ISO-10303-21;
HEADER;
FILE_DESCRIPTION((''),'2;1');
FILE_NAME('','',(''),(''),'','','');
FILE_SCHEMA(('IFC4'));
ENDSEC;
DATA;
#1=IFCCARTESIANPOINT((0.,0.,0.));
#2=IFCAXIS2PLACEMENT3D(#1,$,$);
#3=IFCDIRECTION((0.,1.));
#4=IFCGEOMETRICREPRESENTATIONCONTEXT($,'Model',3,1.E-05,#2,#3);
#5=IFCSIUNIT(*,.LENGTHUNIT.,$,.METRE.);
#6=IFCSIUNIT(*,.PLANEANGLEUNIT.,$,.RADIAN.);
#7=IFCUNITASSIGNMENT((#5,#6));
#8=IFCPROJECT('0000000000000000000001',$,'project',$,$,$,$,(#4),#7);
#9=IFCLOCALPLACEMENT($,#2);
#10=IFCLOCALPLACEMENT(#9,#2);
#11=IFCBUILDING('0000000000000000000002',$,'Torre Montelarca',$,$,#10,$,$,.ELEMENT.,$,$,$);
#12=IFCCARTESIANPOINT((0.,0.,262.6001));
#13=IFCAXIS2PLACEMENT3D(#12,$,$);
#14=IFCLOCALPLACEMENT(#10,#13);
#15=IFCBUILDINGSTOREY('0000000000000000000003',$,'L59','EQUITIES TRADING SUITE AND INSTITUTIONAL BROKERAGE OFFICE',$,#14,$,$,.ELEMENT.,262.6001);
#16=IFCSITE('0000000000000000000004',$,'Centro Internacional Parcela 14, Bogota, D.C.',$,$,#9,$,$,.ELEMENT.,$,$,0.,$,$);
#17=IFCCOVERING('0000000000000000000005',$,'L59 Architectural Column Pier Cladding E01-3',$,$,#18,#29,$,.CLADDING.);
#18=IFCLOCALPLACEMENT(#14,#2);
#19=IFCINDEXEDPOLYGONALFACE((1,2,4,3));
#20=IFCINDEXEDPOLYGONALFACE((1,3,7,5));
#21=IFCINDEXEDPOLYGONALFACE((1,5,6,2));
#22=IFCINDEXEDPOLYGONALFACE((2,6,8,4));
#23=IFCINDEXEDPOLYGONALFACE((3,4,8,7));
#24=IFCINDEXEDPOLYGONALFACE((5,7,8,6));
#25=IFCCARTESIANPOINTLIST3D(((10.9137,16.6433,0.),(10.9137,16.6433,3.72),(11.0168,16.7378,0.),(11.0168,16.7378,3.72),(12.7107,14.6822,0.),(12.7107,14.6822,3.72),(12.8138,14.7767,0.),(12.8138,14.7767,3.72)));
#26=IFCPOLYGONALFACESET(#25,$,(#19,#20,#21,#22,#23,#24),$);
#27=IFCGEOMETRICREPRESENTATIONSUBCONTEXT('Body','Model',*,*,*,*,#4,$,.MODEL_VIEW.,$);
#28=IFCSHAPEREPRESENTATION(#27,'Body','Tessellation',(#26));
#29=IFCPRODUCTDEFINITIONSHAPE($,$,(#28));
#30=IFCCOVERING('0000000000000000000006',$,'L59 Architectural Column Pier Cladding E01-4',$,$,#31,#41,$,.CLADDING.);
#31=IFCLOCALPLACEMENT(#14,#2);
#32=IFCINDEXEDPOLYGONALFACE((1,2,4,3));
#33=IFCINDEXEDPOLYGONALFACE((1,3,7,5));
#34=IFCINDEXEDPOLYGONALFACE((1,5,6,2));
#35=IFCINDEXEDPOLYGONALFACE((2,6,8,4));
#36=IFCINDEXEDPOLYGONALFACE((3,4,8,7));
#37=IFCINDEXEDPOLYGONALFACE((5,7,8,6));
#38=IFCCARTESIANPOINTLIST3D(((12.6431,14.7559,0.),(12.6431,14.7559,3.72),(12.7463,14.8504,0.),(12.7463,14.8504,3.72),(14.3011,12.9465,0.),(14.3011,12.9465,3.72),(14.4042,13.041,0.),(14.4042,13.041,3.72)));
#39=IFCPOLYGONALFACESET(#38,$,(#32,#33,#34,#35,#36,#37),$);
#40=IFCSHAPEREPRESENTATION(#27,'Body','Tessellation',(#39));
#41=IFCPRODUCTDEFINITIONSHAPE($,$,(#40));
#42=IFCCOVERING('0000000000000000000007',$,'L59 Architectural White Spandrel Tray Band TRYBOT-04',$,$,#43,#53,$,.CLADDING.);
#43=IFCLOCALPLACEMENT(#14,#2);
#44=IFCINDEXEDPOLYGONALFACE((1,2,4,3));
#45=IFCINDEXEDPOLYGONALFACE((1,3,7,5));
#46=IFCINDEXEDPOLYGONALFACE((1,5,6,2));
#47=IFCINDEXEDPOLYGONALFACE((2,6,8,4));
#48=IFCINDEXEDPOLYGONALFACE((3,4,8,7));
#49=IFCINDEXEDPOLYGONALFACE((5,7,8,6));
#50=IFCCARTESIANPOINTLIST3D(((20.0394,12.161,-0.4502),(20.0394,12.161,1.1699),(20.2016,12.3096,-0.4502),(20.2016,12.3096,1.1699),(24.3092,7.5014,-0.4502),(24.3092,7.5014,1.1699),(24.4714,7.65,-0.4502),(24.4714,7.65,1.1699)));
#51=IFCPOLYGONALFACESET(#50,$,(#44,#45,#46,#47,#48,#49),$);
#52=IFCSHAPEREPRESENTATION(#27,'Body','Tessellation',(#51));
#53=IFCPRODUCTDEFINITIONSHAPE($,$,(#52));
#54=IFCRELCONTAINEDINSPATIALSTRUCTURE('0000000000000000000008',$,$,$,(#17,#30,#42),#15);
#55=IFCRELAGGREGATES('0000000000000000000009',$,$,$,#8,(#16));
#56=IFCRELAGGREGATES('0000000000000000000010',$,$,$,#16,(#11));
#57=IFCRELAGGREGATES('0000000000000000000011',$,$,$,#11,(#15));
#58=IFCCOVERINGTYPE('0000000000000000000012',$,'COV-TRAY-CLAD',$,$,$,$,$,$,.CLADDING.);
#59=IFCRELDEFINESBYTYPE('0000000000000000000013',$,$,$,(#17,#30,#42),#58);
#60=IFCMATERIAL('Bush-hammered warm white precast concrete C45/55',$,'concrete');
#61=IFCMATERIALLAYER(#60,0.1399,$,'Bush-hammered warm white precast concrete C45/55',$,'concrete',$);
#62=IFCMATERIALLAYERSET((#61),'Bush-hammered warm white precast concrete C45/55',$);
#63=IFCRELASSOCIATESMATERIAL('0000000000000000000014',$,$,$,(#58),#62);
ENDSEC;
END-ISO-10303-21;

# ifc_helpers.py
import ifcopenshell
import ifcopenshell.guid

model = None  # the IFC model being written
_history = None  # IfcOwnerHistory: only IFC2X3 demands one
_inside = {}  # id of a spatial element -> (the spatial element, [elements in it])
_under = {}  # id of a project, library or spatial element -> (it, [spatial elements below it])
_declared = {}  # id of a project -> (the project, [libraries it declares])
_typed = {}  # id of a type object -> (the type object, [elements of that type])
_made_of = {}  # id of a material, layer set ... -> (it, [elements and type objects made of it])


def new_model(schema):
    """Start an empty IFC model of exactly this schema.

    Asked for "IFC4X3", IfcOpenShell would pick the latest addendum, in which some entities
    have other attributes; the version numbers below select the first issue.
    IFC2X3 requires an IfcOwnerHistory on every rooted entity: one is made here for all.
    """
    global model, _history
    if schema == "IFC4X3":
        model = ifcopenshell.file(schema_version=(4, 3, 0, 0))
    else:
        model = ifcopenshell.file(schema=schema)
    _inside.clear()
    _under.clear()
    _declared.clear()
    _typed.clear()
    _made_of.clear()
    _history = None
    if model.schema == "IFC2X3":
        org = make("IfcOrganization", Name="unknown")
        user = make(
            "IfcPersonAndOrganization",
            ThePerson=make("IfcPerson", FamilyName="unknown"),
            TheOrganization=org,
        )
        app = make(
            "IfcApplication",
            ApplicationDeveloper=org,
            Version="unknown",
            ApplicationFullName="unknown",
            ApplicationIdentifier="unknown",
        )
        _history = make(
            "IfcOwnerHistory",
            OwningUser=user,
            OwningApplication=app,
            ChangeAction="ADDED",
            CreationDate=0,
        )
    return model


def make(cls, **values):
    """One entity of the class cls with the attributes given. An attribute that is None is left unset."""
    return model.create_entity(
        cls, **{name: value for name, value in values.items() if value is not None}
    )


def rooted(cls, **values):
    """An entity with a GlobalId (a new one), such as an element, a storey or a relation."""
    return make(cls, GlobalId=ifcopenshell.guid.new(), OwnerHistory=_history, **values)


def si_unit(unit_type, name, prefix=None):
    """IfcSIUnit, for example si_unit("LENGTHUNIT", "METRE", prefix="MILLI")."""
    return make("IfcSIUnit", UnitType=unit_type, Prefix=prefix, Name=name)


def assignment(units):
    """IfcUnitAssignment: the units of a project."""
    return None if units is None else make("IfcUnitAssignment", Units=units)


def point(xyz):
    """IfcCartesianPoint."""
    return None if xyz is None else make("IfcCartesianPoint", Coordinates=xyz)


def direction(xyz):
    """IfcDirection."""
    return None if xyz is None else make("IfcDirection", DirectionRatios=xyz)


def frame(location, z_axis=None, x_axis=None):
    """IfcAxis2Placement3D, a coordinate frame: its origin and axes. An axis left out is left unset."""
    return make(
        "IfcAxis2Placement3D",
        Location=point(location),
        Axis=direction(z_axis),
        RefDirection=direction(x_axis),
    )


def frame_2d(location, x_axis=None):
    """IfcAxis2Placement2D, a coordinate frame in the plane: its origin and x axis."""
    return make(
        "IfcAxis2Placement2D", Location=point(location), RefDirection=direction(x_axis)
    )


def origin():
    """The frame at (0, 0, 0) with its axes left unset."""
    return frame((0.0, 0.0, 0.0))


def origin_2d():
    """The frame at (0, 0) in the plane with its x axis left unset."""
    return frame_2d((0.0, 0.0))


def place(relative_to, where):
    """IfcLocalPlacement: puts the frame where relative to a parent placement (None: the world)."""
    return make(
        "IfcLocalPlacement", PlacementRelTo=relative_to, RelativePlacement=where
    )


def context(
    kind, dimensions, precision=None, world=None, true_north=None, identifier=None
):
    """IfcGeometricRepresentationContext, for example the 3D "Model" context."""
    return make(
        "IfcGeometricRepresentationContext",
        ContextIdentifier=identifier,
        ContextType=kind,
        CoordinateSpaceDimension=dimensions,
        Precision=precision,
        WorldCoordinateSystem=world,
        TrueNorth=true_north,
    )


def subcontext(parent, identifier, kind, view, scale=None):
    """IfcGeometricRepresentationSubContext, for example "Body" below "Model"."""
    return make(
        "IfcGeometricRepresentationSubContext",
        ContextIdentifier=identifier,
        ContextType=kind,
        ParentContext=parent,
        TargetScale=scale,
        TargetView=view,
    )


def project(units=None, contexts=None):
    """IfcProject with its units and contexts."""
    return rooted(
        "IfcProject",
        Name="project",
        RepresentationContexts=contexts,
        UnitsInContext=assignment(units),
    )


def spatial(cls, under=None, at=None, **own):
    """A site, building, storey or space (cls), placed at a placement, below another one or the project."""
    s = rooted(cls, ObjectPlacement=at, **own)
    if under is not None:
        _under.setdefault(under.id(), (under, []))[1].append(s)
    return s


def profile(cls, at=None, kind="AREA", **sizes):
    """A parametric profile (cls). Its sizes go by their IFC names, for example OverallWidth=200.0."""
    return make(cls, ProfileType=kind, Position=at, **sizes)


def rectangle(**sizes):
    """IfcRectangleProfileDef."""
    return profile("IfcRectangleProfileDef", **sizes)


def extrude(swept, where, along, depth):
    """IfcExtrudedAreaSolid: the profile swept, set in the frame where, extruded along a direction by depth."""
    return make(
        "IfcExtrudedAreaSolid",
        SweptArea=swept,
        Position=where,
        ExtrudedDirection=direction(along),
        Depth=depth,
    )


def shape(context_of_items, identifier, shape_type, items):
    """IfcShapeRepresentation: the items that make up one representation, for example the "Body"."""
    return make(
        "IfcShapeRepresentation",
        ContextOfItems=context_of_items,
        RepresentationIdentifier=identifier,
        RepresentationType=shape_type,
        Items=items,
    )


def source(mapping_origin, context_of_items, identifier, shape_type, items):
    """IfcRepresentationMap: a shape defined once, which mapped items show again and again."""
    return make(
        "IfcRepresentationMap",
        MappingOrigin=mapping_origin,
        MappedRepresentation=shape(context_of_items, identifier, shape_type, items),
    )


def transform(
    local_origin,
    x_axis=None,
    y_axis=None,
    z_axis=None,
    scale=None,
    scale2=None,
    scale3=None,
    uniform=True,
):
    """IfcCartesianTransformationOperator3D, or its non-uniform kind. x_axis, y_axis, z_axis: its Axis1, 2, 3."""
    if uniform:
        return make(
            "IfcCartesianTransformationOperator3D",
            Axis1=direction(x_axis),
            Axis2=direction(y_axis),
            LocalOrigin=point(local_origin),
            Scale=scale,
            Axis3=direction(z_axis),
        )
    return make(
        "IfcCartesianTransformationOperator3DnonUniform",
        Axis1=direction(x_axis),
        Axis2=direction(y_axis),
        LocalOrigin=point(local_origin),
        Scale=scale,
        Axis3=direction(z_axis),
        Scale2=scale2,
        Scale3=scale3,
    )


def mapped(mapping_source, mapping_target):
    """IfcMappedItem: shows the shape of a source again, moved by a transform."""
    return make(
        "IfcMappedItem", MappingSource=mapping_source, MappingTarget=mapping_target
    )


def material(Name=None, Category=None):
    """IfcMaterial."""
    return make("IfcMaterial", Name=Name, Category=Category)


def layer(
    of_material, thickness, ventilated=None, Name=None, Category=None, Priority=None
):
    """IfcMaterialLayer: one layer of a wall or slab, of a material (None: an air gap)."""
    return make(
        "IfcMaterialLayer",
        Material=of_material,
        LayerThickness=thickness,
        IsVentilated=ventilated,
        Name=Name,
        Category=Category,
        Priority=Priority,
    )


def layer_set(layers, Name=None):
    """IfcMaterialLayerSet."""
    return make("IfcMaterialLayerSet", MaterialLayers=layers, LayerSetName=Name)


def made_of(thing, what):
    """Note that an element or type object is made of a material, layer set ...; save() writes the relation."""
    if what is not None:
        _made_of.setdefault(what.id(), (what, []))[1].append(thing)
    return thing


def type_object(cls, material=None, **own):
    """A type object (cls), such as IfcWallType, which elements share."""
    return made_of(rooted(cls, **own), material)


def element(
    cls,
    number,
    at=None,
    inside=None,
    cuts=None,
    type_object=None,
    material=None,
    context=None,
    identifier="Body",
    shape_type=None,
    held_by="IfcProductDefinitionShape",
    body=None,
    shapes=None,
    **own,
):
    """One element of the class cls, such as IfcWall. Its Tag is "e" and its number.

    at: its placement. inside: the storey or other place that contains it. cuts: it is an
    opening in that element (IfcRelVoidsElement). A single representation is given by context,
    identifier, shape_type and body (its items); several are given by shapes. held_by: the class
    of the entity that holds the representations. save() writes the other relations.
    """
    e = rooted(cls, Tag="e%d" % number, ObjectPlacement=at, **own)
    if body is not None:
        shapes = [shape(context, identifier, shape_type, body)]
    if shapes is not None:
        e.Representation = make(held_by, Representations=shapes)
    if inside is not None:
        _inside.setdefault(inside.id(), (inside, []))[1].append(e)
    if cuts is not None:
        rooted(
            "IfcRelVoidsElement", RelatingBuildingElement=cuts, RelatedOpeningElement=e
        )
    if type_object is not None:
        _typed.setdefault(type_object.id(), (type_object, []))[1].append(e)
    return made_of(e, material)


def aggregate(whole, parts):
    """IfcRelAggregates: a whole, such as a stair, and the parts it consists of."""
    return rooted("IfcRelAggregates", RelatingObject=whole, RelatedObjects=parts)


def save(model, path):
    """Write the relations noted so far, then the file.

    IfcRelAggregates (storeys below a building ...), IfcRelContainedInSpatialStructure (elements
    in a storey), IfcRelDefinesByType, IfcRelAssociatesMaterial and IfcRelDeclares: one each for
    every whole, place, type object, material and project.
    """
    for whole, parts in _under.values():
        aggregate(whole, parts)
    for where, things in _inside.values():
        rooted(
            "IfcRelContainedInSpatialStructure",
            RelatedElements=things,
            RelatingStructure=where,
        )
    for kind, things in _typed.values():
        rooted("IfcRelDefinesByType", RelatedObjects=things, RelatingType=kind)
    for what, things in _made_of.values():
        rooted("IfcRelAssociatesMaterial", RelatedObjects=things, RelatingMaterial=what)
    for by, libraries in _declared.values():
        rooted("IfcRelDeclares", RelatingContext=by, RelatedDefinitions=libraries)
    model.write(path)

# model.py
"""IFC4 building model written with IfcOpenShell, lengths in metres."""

from ifc_helpers import new_model, si_unit, direction, frame, origin, origin_2d, place, context, subcontext, project, spatial, rectangle, extrude, source, transform, mapped, material, layer, layer_set, type_object, element, save


model = new_model("IFC4")

# Units and contexts
model_context = context("Model", 3, precision=1e-05, world=origin(), true_north=direction((0.0, 1.0)))
body_context = subcontext(model_context, "Body", "Model", "MODEL_VIEW")
ifc_project = project(units=[si_unit("LENGTHUNIT", "METRE"), si_unit("PLANEANGLEUNIT", "RADIAN")], contexts=[model_context])

# Site, building, storey
site_placement = place(None, origin())
site = spatial("IfcSite", under=ifc_project, at=site_placement, Name="Centro Internacional Parcela 14, Bogota, D.C.", CompositionType="ELEMENT", RefElevation=0.0)
building_placement = place(site_placement, origin())
building = spatial("IfcBuilding", under=site, at=building_placement, Name="Torre Montelarca", CompositionType="ELEMENT")
storey_placement = place(building_placement, frame((0.0, 0.0, 262.6001)))
storey = spatial("IfcBuildingStorey", under=building, at=storey_placement, Name="L59", Description="EQUITIES TRADING SUITE AND INSTITUTIONAL BROKERAGE OFFICE", CompositionType="ELEMENT", Elevation=262.6001)

# Coverings
ifc_material_1 = material(Name="Bush-hammered warm white precast concrete C45/55", Category="concrete")
ifc_layer_1 = layer(ifc_material_1, 0.1399, Name="Bush-hammered warm white precast concrete C45/55", Category="concrete")
ifc_layer_set_1 = layer_set([ifc_layer_1], Name="Bush-hammered warm white precast concrete C45/55")
covering_type = type_object("IfcCoveringType", Name="COV-TRAY-CLAD", PredefinedType="CLADDING", material=ifc_layer_set_1)
shared_shape_1 = source(origin(), body_context, "Body", "SweptSolid", [
    extrude(rectangle(XDim=2.6599, YDim=0.1399, at=origin_2d()), origin(), (0.0, 0.0, 1.0), 3.72),
])
covering_1_placement = place(storey_placement, frame((11.8638, 15.71, 0.0), z_axis=(0.0, 0.0, 1.0), x_axis=(0.67559, -0.737277, 0.0)))
element("IfcCovering", 1, at=covering_1_placement, inside=storey, type_object=covering_type, Name="L59 Architectural Column Pier Cladding E01-3", PredefinedType="CLADDING", context=body_context, shape_type="MappedRepresentation", body=[
    mapped(shared_shape_1, transform((0.0, 0.0, 0.0), scale=1.0)),
])
shared_shape_2 = source(origin(), body_context, "Body", "SweptSolid", [
    extrude(rectangle(XDim=2.4541, YDim=0.1399, at=origin_2d()), origin(), (0.0, 0.0, 1.0), 3.72),
])
covering_2_placement = place(storey_placement, frame((13.5237, 13.8984, 0.0), z_axis=(0.0, 0.0, 1.0), x_axis=(0.67559, -0.737277, 0.0)))
element("IfcCovering", 2, at=covering_2_placement, inside=storey, type_object=covering_type, Name="L59 Architectural Column Pier Cladding E01-4", PredefinedType="CLADDING", context=body_context, shape_type="MappedRepresentation", body=[
    mapped(shared_shape_2, transform((0.0, 0.0, 0.0), scale=1.0)),
])
shared_shape_3 = source(origin(), body_context, "Body", "SweptSolid", [
    extrude(rectangle(XDim=6.3201, YDim=0.22, at=origin_2d()), origin(), (0.0, 0.0, 1.0), 1.6201),
])
covering_3_placement = place(storey_placement, frame((22.2554, 9.9055, -0.4502), z_axis=(0.0, 0.0, 1.0), x_axis=(0.675595, -0.737273, 0.0)))
element("IfcCovering", 3, at=covering_3_placement, inside=storey, type_object=covering_type, Name="L59 Architectural White Spandrel Tray Band TRYBOT-04", PredefinedType="CLADDING", context=body_context, shape_type="MappedRepresentation", body=[
    mapped(shared_shape_3, transform((0.0, 0.0, 0.0), scale=1.0)),
])

save(model, "model.ifc")
